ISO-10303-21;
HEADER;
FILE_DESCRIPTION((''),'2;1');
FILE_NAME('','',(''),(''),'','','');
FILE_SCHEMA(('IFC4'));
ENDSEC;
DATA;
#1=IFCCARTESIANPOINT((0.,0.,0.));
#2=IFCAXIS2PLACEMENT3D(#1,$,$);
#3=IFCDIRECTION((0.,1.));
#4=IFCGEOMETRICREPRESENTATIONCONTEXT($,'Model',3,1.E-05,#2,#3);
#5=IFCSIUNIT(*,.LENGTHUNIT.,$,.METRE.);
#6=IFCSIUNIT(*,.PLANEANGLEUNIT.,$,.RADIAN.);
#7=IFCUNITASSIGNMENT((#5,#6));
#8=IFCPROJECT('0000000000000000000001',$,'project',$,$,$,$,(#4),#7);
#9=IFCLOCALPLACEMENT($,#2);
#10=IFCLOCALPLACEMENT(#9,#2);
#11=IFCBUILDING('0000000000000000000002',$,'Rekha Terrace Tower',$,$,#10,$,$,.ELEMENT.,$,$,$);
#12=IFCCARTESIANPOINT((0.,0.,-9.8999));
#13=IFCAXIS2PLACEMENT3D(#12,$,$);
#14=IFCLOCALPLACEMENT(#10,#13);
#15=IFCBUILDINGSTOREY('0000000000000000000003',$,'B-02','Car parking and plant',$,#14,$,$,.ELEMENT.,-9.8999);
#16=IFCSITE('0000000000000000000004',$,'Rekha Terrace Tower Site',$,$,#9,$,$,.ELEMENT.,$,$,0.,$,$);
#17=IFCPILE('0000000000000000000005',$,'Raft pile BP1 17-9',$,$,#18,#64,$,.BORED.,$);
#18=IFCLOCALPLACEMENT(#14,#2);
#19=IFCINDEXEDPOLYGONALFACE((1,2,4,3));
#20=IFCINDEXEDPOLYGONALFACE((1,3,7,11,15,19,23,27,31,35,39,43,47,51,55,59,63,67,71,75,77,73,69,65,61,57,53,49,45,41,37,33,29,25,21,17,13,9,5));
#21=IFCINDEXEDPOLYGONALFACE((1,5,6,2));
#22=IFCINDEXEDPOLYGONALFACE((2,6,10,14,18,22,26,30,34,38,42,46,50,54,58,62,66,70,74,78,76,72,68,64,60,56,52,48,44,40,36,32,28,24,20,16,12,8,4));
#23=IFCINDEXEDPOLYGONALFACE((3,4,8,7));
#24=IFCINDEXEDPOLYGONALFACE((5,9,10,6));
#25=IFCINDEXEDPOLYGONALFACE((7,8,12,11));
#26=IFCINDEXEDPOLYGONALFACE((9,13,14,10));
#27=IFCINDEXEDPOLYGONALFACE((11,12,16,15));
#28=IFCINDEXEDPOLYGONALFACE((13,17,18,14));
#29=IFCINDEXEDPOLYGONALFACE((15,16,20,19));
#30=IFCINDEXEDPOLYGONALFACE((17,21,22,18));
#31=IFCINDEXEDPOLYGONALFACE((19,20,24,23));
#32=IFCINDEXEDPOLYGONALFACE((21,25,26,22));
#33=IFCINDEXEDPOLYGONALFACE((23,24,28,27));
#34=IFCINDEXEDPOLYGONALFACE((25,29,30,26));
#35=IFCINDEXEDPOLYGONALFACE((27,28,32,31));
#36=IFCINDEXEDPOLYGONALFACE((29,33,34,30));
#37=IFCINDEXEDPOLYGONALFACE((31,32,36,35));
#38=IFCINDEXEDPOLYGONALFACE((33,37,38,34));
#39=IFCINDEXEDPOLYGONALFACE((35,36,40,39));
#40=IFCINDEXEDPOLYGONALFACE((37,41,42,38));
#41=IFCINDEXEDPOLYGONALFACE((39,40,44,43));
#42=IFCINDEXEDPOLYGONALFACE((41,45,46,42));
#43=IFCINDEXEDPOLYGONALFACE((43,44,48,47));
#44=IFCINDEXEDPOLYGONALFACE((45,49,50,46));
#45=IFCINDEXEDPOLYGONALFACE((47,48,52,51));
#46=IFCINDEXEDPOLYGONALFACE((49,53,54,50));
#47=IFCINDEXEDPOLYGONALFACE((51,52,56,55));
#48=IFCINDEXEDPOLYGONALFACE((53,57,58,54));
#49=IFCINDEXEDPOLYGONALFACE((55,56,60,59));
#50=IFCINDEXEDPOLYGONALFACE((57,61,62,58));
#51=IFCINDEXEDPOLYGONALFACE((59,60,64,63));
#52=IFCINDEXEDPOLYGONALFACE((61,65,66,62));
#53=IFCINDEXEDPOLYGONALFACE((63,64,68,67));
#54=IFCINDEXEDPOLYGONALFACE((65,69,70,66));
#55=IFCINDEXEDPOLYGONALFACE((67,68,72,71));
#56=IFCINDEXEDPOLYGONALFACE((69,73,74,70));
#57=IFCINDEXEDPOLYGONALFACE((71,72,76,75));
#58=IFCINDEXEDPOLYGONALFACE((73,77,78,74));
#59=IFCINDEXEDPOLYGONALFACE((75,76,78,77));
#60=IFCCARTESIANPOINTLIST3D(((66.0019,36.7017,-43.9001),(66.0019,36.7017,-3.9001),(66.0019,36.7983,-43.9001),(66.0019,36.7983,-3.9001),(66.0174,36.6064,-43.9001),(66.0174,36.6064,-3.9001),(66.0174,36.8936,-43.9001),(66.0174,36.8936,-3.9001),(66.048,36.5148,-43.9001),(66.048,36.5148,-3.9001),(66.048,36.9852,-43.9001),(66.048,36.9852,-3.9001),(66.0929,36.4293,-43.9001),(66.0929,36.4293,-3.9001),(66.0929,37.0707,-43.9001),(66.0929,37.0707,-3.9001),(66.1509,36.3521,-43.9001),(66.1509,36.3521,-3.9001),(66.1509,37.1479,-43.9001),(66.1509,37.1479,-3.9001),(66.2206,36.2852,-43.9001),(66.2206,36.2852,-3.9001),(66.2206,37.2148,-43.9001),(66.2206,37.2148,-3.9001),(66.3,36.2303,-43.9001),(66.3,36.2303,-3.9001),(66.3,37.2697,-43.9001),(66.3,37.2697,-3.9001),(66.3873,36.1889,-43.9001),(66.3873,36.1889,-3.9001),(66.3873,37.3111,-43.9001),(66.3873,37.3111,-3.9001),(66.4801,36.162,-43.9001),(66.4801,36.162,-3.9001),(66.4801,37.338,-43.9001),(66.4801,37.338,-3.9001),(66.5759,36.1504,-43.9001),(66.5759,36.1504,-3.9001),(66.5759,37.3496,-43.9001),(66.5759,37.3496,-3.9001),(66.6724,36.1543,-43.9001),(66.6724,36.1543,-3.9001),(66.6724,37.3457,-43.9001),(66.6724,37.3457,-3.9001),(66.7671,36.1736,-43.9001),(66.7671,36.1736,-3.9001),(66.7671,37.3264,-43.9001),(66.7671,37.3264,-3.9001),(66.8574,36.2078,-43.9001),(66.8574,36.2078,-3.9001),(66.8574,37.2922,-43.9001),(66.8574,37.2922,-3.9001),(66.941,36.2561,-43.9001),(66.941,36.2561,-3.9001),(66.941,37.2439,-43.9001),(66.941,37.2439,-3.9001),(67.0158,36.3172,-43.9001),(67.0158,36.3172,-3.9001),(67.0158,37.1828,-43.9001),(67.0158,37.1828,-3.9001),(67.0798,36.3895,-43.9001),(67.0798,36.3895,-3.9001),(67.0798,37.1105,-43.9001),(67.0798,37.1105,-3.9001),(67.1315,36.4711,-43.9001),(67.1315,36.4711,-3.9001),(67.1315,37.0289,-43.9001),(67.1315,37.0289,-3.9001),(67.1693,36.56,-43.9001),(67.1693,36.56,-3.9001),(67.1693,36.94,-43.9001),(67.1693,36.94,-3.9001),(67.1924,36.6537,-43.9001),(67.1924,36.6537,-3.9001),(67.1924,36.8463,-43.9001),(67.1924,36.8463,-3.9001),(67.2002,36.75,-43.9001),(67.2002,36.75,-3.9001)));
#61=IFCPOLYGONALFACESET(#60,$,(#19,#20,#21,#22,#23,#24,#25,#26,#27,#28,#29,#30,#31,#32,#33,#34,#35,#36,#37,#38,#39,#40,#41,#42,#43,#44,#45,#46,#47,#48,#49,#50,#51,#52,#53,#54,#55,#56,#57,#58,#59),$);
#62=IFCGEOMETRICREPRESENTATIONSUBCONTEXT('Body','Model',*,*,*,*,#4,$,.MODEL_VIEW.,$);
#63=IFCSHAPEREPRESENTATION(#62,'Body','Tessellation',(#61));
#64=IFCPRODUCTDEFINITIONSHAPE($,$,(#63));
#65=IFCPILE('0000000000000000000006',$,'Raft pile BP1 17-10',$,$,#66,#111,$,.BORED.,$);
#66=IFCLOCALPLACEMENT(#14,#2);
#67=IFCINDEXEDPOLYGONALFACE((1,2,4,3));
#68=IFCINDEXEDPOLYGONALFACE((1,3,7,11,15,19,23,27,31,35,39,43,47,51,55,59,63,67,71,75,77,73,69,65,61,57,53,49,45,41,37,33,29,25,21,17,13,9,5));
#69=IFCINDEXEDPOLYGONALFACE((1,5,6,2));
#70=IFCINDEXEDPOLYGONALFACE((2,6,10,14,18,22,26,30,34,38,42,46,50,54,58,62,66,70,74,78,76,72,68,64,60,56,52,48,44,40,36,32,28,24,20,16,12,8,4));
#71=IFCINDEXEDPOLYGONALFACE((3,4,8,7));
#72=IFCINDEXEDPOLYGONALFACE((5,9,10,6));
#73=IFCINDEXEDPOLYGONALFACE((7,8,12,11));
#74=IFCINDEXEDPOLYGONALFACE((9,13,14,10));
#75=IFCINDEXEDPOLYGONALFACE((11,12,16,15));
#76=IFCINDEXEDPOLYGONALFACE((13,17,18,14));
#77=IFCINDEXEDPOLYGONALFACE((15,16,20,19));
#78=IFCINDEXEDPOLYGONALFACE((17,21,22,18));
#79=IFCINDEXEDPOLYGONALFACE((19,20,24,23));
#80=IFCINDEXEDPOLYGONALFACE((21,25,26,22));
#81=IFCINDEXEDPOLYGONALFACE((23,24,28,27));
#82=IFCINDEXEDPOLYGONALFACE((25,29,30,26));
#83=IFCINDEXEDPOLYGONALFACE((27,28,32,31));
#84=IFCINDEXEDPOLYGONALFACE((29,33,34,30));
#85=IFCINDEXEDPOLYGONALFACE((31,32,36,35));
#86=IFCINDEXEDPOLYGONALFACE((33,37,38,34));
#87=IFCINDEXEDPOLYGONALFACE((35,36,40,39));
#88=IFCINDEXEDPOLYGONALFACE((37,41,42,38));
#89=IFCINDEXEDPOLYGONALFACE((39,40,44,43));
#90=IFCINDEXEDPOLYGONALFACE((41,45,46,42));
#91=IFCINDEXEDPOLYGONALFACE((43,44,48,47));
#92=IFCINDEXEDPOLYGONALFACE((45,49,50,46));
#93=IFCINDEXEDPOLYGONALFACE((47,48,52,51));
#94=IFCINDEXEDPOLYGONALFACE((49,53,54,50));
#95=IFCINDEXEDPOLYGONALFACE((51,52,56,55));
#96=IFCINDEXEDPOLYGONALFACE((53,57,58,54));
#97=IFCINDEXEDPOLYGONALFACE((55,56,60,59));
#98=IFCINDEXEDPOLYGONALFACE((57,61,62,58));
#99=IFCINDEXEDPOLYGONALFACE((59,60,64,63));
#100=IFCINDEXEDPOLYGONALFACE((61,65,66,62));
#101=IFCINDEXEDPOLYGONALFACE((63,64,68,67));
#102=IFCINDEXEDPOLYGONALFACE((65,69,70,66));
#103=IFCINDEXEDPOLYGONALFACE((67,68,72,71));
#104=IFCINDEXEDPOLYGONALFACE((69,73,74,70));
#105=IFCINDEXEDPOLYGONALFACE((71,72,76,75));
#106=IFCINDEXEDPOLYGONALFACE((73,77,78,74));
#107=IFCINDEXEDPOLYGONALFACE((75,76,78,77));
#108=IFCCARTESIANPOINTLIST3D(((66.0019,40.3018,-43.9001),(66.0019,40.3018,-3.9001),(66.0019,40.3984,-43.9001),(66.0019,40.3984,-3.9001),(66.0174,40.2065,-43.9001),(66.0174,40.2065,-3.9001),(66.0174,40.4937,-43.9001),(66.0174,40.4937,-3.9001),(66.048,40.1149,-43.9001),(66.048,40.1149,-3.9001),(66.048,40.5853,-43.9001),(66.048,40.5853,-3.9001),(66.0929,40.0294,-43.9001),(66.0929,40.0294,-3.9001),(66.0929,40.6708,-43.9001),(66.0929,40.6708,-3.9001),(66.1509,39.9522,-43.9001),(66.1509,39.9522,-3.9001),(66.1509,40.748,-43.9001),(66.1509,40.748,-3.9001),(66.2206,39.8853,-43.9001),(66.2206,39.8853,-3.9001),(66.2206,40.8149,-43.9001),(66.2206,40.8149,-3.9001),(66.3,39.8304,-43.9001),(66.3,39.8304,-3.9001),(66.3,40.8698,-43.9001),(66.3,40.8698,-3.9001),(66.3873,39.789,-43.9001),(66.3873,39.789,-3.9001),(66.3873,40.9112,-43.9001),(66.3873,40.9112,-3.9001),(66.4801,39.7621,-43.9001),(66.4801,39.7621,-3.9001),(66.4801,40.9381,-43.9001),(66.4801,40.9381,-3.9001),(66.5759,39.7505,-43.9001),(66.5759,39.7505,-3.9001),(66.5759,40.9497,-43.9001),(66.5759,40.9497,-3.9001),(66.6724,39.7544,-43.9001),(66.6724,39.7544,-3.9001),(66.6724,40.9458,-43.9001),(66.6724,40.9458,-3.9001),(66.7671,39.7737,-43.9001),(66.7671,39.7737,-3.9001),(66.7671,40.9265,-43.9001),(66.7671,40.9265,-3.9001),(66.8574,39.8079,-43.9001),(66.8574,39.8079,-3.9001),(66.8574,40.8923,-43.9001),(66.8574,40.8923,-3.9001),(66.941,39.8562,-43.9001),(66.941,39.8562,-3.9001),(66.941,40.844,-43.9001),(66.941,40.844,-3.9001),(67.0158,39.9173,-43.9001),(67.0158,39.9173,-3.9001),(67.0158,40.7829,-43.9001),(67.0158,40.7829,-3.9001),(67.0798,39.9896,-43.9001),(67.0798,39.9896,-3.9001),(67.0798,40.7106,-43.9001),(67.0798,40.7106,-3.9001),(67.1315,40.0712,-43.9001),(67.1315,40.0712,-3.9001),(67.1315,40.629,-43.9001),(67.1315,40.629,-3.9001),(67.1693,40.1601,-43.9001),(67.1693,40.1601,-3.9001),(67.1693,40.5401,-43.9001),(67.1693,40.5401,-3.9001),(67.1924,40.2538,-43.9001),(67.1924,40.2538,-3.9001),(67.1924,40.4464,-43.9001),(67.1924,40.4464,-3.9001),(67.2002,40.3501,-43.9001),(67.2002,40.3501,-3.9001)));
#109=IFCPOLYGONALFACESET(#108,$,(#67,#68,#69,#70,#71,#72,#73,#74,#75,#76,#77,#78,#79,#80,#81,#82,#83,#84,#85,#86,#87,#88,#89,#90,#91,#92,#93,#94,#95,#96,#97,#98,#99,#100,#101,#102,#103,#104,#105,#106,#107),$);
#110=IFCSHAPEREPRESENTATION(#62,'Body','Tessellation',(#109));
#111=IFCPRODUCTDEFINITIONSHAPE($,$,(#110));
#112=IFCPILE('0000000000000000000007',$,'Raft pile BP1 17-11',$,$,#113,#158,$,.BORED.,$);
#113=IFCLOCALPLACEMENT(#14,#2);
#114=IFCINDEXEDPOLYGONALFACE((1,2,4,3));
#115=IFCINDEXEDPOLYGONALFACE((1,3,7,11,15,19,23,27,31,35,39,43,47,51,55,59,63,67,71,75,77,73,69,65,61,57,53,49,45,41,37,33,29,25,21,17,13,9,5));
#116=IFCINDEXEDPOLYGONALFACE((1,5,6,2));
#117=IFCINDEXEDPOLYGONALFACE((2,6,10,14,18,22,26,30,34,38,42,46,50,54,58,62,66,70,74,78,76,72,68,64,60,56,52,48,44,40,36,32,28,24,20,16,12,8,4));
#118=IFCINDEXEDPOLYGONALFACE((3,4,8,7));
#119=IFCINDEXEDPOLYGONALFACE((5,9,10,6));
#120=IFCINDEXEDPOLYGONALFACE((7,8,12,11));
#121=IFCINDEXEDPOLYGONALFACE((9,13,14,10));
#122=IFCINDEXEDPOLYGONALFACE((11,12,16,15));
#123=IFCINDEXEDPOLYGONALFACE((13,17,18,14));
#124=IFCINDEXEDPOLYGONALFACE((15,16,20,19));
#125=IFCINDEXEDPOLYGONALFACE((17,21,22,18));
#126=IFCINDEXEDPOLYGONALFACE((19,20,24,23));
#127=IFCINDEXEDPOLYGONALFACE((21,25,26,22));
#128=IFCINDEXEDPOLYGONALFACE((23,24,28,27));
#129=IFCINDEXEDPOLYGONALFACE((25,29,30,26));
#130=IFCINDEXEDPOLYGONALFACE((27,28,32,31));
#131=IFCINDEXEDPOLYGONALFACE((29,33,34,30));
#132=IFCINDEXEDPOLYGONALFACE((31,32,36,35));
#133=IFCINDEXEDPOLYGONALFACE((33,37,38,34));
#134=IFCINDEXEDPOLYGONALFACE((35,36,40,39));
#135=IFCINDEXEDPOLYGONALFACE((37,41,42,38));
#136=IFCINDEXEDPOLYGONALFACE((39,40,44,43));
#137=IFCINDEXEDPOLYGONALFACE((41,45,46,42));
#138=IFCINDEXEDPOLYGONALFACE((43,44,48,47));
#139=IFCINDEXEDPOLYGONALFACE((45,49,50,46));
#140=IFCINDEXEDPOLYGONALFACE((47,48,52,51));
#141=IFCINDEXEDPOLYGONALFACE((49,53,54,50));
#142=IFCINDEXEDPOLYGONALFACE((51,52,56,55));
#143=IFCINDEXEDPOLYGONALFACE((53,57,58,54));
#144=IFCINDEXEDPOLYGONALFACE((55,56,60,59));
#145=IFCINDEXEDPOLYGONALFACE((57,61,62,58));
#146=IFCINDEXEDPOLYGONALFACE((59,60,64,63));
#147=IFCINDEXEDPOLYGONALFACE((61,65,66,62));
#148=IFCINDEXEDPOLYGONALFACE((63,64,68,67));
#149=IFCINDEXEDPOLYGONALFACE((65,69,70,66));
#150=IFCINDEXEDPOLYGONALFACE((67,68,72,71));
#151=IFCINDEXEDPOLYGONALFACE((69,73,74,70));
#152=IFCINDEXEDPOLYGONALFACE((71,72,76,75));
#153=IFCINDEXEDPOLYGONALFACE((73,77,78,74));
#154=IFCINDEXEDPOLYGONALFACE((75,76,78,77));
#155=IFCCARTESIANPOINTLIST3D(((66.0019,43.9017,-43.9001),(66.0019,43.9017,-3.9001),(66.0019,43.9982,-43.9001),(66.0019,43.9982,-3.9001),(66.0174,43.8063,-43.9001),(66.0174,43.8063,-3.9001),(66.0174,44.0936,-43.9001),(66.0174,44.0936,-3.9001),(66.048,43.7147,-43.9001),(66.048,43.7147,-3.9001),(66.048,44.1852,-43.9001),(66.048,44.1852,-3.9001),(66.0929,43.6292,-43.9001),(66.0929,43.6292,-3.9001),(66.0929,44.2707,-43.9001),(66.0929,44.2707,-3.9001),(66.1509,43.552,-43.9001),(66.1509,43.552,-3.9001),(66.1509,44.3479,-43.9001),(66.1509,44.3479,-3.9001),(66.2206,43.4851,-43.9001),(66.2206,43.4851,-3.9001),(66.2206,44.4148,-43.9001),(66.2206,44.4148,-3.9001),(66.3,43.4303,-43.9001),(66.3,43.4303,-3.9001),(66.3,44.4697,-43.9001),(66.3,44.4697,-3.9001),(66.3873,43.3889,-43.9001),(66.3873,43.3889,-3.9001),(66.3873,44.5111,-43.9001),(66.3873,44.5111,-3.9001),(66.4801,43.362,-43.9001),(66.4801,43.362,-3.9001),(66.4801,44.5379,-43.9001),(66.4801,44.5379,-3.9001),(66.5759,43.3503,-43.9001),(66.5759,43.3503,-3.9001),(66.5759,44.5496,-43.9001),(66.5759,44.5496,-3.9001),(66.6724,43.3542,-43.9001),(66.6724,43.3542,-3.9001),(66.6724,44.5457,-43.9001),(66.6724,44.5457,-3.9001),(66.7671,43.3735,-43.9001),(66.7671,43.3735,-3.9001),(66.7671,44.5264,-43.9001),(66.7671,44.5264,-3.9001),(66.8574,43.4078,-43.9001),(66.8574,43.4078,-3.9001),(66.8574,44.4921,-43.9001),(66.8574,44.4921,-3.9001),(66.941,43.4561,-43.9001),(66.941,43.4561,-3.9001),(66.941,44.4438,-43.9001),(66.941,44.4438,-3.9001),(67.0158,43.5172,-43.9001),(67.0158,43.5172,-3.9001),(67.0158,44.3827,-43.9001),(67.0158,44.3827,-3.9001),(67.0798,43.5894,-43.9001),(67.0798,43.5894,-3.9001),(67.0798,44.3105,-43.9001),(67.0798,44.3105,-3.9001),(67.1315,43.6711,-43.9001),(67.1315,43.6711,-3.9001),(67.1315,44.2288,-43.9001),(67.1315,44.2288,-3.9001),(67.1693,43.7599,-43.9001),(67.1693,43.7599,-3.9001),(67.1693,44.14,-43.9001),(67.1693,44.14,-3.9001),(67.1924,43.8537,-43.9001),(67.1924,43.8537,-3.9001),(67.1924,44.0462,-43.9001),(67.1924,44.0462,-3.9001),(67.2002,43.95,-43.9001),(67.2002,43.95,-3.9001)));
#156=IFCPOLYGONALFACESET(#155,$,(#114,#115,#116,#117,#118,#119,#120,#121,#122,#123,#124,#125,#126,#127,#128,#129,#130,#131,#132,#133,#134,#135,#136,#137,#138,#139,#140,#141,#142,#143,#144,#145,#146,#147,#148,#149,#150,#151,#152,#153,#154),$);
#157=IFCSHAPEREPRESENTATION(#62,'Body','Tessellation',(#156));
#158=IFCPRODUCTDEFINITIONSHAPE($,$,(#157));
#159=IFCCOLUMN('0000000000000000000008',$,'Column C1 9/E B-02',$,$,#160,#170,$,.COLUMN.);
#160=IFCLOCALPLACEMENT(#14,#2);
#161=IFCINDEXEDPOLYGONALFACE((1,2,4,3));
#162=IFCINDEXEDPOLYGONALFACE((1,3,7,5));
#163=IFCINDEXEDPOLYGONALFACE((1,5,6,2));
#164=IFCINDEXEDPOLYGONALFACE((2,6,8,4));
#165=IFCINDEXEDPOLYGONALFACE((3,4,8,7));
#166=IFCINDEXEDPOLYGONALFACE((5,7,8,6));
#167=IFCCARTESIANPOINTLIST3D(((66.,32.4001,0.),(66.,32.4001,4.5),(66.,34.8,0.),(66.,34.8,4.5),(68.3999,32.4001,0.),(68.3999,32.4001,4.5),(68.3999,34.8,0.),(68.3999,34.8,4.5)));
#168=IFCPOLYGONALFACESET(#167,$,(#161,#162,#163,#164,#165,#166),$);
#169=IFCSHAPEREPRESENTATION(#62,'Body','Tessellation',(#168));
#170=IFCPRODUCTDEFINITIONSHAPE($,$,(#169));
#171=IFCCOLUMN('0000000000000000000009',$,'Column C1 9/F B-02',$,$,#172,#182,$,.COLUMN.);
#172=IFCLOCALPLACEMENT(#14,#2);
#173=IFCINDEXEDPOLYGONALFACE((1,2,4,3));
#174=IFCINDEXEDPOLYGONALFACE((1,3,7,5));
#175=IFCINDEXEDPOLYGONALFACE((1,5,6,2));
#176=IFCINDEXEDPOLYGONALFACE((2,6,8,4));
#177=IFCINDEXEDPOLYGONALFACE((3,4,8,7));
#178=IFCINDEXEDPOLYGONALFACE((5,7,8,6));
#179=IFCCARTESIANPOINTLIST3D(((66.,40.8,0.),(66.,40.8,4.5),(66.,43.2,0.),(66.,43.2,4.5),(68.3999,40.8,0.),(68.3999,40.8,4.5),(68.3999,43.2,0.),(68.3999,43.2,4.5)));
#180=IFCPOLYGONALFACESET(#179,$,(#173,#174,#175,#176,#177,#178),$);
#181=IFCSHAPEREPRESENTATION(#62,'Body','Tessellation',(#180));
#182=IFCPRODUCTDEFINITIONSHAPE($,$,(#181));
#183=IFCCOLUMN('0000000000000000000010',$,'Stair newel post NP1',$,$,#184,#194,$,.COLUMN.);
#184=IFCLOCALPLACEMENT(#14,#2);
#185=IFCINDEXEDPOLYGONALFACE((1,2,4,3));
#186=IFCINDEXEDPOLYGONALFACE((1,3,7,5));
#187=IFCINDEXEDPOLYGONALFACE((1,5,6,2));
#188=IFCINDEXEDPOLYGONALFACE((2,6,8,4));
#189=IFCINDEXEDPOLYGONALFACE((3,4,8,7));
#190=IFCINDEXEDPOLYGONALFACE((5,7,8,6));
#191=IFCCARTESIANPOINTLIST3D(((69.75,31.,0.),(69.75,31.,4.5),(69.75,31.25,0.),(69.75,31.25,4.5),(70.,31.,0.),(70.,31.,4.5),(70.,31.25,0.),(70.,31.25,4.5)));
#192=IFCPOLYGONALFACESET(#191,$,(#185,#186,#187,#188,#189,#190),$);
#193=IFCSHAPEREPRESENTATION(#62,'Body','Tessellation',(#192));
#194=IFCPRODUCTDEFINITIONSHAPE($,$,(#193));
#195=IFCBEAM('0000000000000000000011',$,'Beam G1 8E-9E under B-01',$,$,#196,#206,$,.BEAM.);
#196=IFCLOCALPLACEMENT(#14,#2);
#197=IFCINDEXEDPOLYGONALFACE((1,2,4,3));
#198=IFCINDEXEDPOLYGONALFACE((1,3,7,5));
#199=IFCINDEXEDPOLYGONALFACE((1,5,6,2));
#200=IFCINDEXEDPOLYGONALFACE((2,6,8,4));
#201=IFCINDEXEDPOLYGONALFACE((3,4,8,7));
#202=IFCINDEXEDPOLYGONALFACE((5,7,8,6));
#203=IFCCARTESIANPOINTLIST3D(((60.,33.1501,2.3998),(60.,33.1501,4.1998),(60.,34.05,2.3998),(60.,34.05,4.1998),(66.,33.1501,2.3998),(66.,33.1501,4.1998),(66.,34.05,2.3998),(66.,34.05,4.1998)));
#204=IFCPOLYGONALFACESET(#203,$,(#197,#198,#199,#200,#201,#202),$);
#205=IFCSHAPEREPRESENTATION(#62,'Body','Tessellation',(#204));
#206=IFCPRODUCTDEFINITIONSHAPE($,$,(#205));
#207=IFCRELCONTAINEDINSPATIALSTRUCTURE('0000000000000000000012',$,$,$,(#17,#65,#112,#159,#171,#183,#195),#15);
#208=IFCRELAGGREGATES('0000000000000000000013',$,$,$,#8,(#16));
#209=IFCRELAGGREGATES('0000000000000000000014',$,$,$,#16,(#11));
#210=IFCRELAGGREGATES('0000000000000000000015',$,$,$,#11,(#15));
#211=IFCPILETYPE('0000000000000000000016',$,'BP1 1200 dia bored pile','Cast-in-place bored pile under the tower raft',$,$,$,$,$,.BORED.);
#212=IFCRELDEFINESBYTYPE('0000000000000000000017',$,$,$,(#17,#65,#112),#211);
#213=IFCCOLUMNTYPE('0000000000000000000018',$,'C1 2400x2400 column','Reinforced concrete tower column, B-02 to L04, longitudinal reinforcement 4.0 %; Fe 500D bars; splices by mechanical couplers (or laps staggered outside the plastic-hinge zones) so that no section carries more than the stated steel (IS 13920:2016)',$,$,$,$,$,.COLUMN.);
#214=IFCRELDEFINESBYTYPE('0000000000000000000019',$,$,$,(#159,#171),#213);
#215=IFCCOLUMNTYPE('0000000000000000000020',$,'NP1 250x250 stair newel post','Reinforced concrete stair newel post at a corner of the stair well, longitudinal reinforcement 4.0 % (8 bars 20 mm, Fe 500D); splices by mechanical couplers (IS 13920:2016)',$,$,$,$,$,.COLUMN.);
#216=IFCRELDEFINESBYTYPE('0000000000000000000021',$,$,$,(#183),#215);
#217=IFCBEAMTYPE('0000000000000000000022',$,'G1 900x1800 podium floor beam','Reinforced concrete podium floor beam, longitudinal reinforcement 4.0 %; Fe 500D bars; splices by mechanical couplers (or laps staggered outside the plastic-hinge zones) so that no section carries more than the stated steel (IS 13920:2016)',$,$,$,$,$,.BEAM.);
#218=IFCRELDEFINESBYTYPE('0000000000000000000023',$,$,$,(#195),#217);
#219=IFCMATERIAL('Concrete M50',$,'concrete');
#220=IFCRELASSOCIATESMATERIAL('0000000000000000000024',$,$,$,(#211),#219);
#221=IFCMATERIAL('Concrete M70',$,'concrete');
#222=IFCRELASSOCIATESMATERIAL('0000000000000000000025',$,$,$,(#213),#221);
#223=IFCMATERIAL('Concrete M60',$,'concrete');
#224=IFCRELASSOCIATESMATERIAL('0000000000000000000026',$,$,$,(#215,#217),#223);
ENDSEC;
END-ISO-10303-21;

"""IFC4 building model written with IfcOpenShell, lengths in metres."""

from ifc_helpers import new_model, si_unit, direction, frame, origin, origin_2d, place, context, subcontext, project, spatial, rectangle, circle, extrude, material, material_profile, profile_set, type_object, element, save


model = new_model("IFC4")

# Units and contexts
model_context = context("Model", 3, precision=1e-05, world=origin(), true_north=direction((0.0, 1.0)))
body_context = subcontext(model_context, "Body", "Model", "MODEL_VIEW")
ifc_project = project(units=[si_unit("LENGTHUNIT", "METRE"), si_unit("PLANEANGLEUNIT", "RADIAN")], contexts=[model_context])

# Site, building, storey
site_placement = place(None, origin())
site = spatial("IfcSite", under=ifc_project, at=site_placement, Name="Rekha Terrace Tower Site", CompositionType="ELEMENT", RefElevation=0.0)
building_placement = place(site_placement, origin())
building = spatial("IfcBuilding", under=site, at=building_placement, Name="Rekha Terrace Tower", CompositionType="ELEMENT")
storey_placement = place(building_placement, frame((0.0, 0.0, -9.8999)))
storey = spatial("IfcBuildingStorey", under=building, at=storey_placement, Name="B-02", Description="Car parking and plant", CompositionType="ELEMENT", Elevation=-9.8999)

# Piles
ifc_material_1 = material(Name="Concrete M50", Category="concrete")
pile_type = type_object("IfcPileType", Name="BP1 1200 dia bored pile", Description="Cast-in-place bored pile under the tower raft", PredefinedType="BORED", material=ifc_material_1)
for number, where, z_axis, x_axis, name in (
    (1, (66.6001, 36.75, -3.9001), (0.0, 0.0, -1.0), (1.0, 0.0, 0.0), "Raft pile BP1 17-9"),
    (2, (66.6001, 40.3501, -3.9001), (0.0, 0.0, -1.0), (1.0, 0.0, 0.0), "Raft pile BP1 17-10"),
    (3, (66.6001, 43.95, -3.9001), (0.0, 0.0, -1.0), (1.0, 0.0, 0.0), "Raft pile BP1 17-11"),
):
    element("IfcPile", number, at=place(storey_placement, frame(where, z_axis=z_axis, x_axis=x_axis)), inside=storey, type_object=pile_type, Name=name, PredefinedType="BORED", context=body_context, shape_type="SweptSolid", body=[
        extrude(circle(Radius=0.6001, at=origin_2d()), origin(), (0.0, 0.0, 1.0), 40.0),
    ])

# Columns
ifc_material_2 = material(Name="Concrete M70", Category="concrete")
ifc_material_profile_1 = material_profile(ifc_material_2, rectangle(XDim=2.3999, YDim=2.3999, at=origin_2d()), Name="RC 2400x2400")
ifc_profile_set_1 = profile_set([ifc_material_profile_1], Name="Concrete M70")
column_type_1 = type_object("IfcColumnType", Name="C1 2400x2400 column", Description="Reinforced concrete tower column, B-02 to L04, longitudinal reinforcement 4.0 %; Fe 500D bars; splices by mechanical couplers (or laps staggered outside the plastic-hinge zones) so that no section carries more than the stated steel (IS 13920:2016)", PredefinedType="COLUMN", material=ifc_profile_set_1)
for number, where, z_axis, x_axis, name in (
    (4, (67.2, 33.6001, 0.0), (0.0, 0.0, 1.0), (1.0, 0.0, 0.0), "Column C1 9/E B-02"),
    (5, (67.2, 42.0, 0.0), (0.0, 0.0, 1.0), (1.0, 0.0, 0.0), "Column C1 9/F B-02"),
):
    element("IfcColumn", number, at=place(storey_placement, frame(where, z_axis=z_axis, x_axis=x_axis)), inside=storey, type_object=column_type_1, Name=name, PredefinedType="COLUMN", context=body_context, shape_type="SweptSolid", body=[
        extrude(rectangle(XDim=2.3999, YDim=2.3999, at=origin_2d()), origin(), (0.0, 0.0, 1.0), 4.5),
    ])
ifc_material_3 = material(Name="Concrete M60", Category="concrete")
ifc_material_profile_2 = material_profile(ifc_material_3, rectangle(XDim=0.25, YDim=0.25, at=origin_2d()), Name="RC 250x250")
ifc_profile_set_2 = profile_set([ifc_material_profile_2], Name="Concrete M60")
column_type_2 = type_object("IfcColumnType", Name="NP1 250x250 stair newel post", Description="Reinforced concrete stair newel post at a corner of the stair well, longitudinal reinforcement 4.0 % (8 bars 20 mm, Fe 500D); splices by mechanical couplers (IS 13920:2016)", PredefinedType="COLUMN", material=ifc_profile_set_2)
column_placement = place(storey_placement, frame((69.875, 31.125, 0.0), z_axis=(0.0, 0.0, 1.0), x_axis=(1.0, 0.0, 0.0)))
element("IfcColumn", 6, at=column_placement, inside=storey, type_object=column_type_2, Name="Stair newel post NP1", PredefinedType="COLUMN", context=body_context, shape_type="SweptSolid", body=[
    extrude(rectangle(XDim=0.25, YDim=0.25, at=origin_2d()), origin(), (0.0, 0.0, 1.0), 4.5),
])

# Beam
ifc_material_profile_3 = material_profile(ifc_material_3, rectangle(XDim=0.8999, YDim=1.8, at=origin_2d()), Name="RC 900x1800")
ifc_profile_set_3 = profile_set([ifc_material_profile_3], Name="Concrete M60")
beam_type = type_object("IfcBeamType", Name="G1 900x1800 podium floor beam", Description="Reinforced concrete podium floor beam, longitudinal reinforcement 4.0 %; Fe 500D bars; splices by mechanical couplers (or laps staggered outside the plastic-hinge zones) so that no section carries more than the stated steel (IS 13920:2016)", PredefinedType="BEAM", material=ifc_profile_set_3)
for number, where, z_axis, x_axis, name in (
    (7, (60.0, 33.6001, 3.2998), (1.0, 0.0, 0.0), (0.0, 1.0, 0.0), "Beam G1 8E-9E under B-01"),
):
    element("IfcBeam", number, at=place(storey_placement, frame(where, z_axis=z_axis, x_axis=x_axis)), inside=storey, type_object=beam_type, Name=name, PredefinedType="BEAM", context=body_context, shape_type="SweptSolid", body=[
        extrude(rectangle(XDim=0.8999, YDim=1.8, at=origin_2d()), origin(), (0.0, 0.0, 1.0), 6.0),
    ])

save(model, "model.ifc")
